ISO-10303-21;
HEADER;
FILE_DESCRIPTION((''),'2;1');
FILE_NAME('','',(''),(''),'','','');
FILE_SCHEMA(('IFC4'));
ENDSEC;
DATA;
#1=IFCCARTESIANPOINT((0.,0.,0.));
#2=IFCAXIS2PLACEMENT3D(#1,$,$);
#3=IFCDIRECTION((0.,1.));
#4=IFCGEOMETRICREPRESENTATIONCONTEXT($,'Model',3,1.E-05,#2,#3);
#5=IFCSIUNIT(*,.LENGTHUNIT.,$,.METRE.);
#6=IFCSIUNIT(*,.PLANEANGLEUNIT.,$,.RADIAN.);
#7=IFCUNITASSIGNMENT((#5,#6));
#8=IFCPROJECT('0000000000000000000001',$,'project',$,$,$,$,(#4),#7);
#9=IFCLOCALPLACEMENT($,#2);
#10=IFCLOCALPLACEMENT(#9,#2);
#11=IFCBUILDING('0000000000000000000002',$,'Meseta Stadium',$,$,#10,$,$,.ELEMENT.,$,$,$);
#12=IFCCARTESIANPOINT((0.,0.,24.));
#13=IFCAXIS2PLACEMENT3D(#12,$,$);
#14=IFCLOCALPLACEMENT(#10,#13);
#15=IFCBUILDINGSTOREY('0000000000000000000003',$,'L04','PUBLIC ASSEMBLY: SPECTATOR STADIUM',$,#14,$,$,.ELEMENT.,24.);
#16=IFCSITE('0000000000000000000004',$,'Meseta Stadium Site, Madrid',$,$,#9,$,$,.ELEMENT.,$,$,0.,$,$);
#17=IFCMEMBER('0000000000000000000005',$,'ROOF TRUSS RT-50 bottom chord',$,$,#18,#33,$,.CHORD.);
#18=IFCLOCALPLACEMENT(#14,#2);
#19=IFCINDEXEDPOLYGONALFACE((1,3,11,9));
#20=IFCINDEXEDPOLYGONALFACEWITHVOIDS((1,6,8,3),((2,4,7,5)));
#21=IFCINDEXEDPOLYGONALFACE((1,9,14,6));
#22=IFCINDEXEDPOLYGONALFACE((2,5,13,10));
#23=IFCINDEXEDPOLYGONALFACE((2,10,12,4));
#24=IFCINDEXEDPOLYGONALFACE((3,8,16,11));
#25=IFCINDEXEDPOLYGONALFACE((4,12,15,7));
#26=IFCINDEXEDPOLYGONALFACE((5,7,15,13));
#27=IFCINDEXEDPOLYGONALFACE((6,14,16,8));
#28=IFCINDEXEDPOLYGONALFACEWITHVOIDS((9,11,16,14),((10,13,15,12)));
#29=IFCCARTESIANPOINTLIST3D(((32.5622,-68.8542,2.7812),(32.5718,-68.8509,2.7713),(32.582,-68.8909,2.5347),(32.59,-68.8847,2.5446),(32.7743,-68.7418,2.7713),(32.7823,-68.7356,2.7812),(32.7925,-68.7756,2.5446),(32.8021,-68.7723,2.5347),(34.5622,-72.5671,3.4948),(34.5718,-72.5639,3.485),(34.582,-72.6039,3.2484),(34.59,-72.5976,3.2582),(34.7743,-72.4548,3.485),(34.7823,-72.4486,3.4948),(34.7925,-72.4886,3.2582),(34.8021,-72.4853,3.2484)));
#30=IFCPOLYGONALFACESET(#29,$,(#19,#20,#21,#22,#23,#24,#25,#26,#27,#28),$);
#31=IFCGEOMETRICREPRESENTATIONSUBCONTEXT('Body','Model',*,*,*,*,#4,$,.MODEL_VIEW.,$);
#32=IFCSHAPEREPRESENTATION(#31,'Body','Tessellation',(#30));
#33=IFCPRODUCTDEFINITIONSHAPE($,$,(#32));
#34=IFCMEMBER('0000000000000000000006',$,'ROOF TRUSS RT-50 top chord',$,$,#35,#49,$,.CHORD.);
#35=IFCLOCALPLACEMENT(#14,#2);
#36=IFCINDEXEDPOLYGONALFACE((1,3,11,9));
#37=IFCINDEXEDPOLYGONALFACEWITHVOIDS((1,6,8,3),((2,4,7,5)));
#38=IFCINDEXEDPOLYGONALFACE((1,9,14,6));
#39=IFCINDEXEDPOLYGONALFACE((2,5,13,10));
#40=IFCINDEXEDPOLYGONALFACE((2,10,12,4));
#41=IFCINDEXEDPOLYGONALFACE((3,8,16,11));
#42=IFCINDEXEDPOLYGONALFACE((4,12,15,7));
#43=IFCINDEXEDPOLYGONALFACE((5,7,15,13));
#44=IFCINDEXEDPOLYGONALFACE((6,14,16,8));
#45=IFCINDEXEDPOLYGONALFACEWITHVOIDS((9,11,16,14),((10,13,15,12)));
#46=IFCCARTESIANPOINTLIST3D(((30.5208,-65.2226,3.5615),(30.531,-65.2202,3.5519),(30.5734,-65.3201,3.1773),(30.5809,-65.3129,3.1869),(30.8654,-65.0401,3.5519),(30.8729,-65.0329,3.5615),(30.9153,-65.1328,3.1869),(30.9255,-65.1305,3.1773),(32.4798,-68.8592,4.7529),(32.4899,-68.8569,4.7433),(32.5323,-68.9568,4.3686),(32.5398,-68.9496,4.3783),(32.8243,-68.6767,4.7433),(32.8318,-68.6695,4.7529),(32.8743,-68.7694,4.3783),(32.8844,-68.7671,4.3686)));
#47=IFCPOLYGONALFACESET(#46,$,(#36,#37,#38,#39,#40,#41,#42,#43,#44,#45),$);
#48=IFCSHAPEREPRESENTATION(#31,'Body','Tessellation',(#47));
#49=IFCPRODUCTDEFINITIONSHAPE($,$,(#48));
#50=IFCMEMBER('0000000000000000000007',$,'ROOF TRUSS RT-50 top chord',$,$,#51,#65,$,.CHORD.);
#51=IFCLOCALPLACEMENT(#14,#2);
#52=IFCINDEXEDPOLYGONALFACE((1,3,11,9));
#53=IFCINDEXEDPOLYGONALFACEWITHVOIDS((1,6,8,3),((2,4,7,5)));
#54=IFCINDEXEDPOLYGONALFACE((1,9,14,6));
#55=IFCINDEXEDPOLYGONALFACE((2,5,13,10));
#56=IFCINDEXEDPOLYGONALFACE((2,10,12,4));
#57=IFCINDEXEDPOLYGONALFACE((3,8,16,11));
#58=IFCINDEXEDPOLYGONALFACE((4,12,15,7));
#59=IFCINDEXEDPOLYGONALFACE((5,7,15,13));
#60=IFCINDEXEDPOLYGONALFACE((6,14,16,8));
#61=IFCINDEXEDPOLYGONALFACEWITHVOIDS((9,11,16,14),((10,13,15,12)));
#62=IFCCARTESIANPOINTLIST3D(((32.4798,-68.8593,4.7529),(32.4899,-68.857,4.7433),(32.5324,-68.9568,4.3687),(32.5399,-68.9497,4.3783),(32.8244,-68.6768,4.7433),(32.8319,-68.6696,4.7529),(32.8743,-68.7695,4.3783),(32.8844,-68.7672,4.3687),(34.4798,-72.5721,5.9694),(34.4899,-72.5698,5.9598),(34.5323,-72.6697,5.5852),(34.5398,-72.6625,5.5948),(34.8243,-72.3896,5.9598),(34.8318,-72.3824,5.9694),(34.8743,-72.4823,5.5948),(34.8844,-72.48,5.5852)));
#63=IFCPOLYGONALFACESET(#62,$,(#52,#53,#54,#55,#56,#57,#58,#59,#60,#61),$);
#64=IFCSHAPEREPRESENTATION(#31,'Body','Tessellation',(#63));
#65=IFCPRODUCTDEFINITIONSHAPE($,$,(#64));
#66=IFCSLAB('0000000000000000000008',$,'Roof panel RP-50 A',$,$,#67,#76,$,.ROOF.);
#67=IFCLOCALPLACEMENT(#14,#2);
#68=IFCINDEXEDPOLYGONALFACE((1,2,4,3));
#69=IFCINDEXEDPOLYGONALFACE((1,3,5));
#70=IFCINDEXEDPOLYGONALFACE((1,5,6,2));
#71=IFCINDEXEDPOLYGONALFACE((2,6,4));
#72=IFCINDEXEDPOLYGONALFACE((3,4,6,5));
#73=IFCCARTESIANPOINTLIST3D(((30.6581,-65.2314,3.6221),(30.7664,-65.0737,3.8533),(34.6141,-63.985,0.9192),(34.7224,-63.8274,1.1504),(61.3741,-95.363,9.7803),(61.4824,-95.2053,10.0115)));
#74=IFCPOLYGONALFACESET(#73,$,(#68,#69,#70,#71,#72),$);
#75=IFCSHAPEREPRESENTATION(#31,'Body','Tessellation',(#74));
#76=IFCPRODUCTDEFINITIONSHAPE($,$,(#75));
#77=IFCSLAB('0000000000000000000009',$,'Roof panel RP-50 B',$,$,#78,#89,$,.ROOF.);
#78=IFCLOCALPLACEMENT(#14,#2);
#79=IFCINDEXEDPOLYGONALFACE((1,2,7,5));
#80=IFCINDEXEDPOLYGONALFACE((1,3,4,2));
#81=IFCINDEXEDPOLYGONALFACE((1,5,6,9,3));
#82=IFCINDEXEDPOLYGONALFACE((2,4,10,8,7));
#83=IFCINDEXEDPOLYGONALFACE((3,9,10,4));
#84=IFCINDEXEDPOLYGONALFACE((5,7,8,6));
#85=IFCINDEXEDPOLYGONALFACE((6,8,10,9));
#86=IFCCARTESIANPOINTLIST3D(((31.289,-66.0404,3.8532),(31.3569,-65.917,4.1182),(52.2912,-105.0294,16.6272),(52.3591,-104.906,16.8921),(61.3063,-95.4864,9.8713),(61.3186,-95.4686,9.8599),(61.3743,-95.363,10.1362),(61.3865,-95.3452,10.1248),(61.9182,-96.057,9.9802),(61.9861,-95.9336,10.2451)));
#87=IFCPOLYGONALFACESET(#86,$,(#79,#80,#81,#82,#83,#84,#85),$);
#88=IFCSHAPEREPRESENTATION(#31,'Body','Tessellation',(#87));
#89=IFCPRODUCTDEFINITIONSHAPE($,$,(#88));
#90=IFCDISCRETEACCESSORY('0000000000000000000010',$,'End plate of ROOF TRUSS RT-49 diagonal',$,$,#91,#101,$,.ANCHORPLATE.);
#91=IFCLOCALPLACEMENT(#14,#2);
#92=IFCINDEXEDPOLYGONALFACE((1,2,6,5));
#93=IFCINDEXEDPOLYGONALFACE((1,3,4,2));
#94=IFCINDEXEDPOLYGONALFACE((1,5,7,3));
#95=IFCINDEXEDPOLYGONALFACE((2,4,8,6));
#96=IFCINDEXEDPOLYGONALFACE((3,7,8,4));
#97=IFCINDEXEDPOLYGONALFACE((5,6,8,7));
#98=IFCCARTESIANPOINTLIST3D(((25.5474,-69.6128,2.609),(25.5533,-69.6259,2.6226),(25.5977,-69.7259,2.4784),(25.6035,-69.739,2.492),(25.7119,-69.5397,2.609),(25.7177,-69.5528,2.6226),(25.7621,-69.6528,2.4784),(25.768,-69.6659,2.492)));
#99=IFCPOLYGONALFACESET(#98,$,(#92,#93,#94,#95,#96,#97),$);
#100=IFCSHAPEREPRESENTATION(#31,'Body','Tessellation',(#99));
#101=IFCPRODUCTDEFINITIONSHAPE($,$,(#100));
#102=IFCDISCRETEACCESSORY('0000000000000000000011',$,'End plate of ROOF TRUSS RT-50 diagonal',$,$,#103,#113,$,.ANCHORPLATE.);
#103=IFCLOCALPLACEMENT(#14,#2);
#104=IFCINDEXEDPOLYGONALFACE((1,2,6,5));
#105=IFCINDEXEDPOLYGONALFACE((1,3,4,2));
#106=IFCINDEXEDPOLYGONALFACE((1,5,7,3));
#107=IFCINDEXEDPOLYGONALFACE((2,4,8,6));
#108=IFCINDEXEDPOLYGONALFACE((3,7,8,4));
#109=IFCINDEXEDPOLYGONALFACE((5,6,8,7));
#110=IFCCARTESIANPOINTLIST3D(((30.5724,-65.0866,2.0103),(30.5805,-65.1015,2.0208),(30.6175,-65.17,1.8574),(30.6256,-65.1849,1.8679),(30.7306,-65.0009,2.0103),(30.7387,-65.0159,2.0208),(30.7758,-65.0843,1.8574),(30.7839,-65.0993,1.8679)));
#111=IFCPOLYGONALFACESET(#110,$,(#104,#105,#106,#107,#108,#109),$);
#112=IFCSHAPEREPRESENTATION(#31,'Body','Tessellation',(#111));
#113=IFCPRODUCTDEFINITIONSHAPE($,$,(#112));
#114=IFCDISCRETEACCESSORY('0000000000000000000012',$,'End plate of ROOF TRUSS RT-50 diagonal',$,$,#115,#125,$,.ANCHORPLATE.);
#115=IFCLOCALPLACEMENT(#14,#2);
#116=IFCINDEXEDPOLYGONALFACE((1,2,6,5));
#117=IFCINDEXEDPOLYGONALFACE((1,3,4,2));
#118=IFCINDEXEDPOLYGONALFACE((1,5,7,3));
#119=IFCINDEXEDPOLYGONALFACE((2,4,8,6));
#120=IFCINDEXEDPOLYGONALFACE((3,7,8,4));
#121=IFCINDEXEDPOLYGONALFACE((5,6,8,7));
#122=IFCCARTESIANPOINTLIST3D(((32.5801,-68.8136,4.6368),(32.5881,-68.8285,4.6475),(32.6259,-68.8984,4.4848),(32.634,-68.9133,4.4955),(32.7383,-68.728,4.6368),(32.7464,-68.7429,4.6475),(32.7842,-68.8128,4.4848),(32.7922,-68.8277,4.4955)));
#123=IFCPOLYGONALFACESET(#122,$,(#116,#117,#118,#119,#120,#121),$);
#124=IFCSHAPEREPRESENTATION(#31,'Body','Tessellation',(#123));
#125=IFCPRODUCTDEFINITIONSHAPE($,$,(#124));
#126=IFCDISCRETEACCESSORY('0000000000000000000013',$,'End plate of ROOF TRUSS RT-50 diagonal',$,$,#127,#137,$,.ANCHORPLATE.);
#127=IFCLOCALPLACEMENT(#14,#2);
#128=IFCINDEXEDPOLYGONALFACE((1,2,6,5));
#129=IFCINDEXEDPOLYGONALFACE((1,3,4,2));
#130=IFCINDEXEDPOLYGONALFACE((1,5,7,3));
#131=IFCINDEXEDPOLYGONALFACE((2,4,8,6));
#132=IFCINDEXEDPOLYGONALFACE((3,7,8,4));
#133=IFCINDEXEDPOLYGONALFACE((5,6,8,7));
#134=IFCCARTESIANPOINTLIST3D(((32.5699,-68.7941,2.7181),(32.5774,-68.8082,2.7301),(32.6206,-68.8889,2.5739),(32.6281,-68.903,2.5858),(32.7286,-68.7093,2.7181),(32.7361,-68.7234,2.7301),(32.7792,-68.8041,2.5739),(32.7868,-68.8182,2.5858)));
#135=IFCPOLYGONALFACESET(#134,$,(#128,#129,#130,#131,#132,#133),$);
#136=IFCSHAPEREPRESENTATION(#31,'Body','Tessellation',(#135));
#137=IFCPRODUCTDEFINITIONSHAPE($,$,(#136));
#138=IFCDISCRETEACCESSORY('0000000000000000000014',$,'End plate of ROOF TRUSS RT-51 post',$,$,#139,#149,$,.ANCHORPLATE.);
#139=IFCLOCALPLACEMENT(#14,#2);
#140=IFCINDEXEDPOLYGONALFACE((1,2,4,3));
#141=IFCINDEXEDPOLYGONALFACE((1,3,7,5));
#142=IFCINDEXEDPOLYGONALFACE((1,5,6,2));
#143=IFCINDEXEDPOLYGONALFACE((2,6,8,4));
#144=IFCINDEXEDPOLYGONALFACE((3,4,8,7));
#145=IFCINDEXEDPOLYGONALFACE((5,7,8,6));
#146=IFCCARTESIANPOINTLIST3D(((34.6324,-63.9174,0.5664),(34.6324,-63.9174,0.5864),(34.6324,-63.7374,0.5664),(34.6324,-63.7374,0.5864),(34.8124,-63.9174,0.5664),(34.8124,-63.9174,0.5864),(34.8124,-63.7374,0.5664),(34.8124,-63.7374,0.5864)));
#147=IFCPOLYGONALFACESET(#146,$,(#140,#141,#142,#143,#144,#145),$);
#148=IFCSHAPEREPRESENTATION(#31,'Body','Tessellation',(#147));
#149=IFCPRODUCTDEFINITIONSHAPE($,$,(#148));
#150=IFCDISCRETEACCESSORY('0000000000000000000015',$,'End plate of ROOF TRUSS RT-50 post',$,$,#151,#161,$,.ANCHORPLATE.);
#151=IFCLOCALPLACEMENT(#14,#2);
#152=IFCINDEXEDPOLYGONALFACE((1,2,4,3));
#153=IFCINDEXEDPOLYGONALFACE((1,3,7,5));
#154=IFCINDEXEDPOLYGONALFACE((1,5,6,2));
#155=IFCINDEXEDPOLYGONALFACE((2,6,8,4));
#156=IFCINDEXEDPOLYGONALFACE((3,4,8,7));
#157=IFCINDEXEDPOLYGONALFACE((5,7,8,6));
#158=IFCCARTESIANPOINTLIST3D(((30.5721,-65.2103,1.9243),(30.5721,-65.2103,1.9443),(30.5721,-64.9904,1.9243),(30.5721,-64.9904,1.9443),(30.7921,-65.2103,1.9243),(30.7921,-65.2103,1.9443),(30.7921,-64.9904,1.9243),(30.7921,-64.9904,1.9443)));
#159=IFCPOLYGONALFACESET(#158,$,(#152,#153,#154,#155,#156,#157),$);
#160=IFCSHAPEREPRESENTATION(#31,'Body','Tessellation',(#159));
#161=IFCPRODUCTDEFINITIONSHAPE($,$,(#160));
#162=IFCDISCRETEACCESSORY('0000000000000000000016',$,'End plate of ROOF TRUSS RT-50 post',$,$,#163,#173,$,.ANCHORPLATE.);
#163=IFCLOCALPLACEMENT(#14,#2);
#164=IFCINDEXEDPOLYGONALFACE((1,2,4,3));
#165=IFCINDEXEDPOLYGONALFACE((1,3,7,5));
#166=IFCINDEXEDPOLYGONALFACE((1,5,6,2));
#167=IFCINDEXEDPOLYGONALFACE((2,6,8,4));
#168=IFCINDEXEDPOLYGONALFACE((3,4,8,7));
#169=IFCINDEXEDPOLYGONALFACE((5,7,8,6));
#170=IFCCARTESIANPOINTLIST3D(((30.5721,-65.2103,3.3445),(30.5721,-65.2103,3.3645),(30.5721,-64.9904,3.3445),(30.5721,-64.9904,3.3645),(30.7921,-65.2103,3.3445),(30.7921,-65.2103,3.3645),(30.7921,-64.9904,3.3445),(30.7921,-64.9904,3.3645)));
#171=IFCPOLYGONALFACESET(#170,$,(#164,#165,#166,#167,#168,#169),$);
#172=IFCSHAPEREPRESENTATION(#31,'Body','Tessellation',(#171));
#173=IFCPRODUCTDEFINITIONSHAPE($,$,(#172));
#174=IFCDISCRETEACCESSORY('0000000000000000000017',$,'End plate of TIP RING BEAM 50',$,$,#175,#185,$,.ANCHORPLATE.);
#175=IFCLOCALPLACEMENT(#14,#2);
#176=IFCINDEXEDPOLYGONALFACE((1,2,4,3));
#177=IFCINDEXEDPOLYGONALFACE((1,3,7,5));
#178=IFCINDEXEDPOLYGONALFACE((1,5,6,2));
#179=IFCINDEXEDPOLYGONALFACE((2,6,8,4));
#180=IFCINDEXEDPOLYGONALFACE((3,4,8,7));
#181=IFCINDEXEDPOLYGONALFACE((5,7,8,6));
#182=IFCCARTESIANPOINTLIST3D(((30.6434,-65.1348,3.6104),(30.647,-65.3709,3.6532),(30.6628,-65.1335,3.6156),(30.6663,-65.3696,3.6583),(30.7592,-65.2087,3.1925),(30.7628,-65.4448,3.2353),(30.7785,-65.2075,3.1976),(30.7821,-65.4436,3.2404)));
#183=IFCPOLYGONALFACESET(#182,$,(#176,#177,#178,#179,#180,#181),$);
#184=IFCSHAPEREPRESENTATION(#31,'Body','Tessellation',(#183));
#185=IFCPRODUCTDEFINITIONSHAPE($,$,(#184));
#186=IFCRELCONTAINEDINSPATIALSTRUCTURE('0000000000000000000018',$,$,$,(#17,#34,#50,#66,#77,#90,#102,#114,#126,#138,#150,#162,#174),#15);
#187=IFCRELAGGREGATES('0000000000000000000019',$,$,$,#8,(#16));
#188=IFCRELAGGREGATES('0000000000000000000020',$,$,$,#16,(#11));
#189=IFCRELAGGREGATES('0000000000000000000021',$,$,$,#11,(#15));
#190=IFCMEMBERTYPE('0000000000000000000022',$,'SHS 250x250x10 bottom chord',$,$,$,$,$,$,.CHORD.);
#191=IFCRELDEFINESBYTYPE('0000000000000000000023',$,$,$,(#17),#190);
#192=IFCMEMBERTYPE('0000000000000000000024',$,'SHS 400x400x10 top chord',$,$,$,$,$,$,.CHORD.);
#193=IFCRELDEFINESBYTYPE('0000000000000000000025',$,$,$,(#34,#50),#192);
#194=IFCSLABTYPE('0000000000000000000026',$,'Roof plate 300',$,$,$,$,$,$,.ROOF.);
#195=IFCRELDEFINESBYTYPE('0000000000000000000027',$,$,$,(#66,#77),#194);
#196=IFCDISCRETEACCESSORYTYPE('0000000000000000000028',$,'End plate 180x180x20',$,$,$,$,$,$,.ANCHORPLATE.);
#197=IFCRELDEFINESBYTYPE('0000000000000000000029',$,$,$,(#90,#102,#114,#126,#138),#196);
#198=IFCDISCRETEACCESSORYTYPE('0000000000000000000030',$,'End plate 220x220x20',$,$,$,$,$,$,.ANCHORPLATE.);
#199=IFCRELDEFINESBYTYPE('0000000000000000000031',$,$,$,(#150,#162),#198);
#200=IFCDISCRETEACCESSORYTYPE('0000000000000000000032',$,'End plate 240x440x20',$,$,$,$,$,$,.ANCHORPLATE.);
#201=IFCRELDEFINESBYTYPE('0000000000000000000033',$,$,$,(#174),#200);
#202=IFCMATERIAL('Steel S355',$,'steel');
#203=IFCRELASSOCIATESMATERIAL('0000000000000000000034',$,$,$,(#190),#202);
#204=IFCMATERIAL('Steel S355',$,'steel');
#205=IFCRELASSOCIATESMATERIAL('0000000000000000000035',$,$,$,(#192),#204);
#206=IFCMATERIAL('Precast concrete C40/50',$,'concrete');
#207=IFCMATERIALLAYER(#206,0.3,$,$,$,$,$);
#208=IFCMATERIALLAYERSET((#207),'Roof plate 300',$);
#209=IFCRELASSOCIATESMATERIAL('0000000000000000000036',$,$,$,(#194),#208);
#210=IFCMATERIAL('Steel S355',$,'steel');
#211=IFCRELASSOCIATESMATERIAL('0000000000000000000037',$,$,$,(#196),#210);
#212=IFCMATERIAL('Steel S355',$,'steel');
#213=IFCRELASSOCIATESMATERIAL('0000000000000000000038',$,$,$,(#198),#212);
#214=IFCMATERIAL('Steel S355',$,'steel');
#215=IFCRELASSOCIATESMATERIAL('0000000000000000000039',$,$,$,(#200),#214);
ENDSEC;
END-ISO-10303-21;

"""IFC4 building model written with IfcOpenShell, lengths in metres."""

from ifc_helpers import new_model, si_unit, direction, frame, origin, origin_2d, place, context, subcontext, project, spatial, polyline, rectangle, hollow_rectangle, outline, extrude, material, layer, layer_set, material_profile, profile_set, type_object, element, save


model = new_model("IFC4")

# Units and contexts
model_context = context("Model", 3, precision=1e-05, world=origin(), true_north=direction((0.0, 1.0)))
body_context = subcontext(model_context, "Body", "Model", "MODEL_VIEW")
ifc_project = project(units=[si_unit("LENGTHUNIT", "METRE"), si_unit("PLANEANGLEUNIT", "RADIAN")], contexts=[model_context])

# Site, building, storey
site_placement = place(None, origin())
site = spatial("IfcSite", under=ifc_project, at=site_placement, Name="Meseta Stadium Site, Madrid", CompositionType="ELEMENT", RefElevation=0.0)
building_placement = place(site_placement, origin())
building = spatial("IfcBuilding", under=site, at=building_placement, Name="Meseta Stadium", CompositionType="ELEMENT")
storey_placement = place(building_placement, frame((0.0, 0.0, 24.0)))
storey = spatial("IfcBuildingStorey", under=building, at=storey_placement, Name="L04", Description="PUBLIC ASSEMBLY: SPECTATOR STADIUM", CompositionType="ELEMENT", Elevation=24.0)

# Members
ifc_material_1 = material(Name="Steel S355", Category="steel")
ifc_material_profile_1 = material_profile(ifc_material_1, hollow_rectangle(XDim=0.25, YDim=0.25, WallThickness=0.01, at=origin_2d()), Name="SHS 250x250x10")
ifc_profile_set_1 = profile_set([ifc_material_profile_1], Name="Steel S355")
member_type_1 = type_object("IfcMemberType", Name="SHS 250x250x10 bottom chord", PredefinedType="CHORD", material=ifc_profile_set_1)
member_1_placement = place(storey_placement, frame((32.6821, -68.8132, 2.658), z_axis=(0.467591, -0.868057, 0.166842), x_axis=(0.880397, 0.474238, 0.0)))
element("IfcMember", 1, at=member_1_placement, inside=storey, type_object=member_type_1, Name="ROOF TRUSS RT-50 bottom chord", PredefinedType="CHORD", context=body_context, shape_type="SweptSolid", body=[
    extrude(hollow_rectangle(XDim=0.25, YDim=0.25, WallThickness=0.01, at=origin_2d()), origin(), (0.0, 0.0, 1.0), 4.2773),
])
ifc_material_2 = material(Name="Steel S355", Category="steel")
ifc_material_profile_2 = material_profile(ifc_material_2, hollow_rectangle(XDim=0.3999, YDim=0.3999, WallThickness=0.01, at=origin_2d()), Name="SHS 400x400x10")
ifc_profile_set_2 = profile_set([ifc_material_profile_2], Name="Steel S355")
member_type_2 = type_object("IfcMemberType", Name="SHS 400x400x10 top chord", PredefinedType="CHORD", material=ifc_profile_set_2)
member_2_placement = place(storey_placement, frame((30.7231, -65.1765, 3.3694), z_axis=(0.455667, -0.845913, 0.277125), x_axis=(0.880395, 0.474241, 0.0)))
element("IfcMember", 2, at=member_2_placement, inside=storey, type_object=member_type_2, Name="ROOF TRUSS RT-50 top chord", PredefinedType="CHORD", context=body_context, shape_type="SweptSolid", body=[
    extrude(hollow_rectangle(XDim=0.3999, YDim=0.3999, WallThickness=0.01, at=origin_2d()), origin(), (0.0, 0.0, 1.0), 4.2991),
])
member_3_placement = place(storey_placement, frame((32.6821, -68.8132, 4.5608), z_axis=(0.455658, -0.845905, 0.277166), x_axis=(0.880397, 0.474238, 0.0)))
element("IfcMember", 3, at=member_3_placement, inside=storey, type_object=member_type_2, Name="ROOF TRUSS RT-50 top chord", PredefinedType="CHORD", context=body_context, shape_type="SweptSolid", body=[
    extrude(hollow_rectangle(XDim=0.3999, YDim=0.3999, WallThickness=0.01, at=origin_2d()), origin(), (0.0, 0.0, 1.0), 4.3892),
])

# Slabs
ifc_material_3 = material(Name="Precast concrete C40/50", Category="concrete")
ifc_layer = layer(ifc_material_3, 0.3)
ifc_layer_set = layer_set([ifc_layer], Name="Roof plate 300")
slab_type = type_object("IfcSlabType", Name="Roof plate 300", PredefinedType="ROOF", material=ifc_layer_set)
slab_1_placement = place(storey_placement, frame((34.7224, -63.8274, 1.1504), z_axis=(0.360916, 0.525394, 0.77052), x_axis=(0.634417, -0.743897, 0.210076)))
element("IfcSlab", 4, at=slab_1_placement, inside=storey, type_object=slab_type, Name="Roof panel RP-50 A", PredefinedType="ROOF", context=body_context, shape_type="SweptSolid", body=[
    extrude(outline(polyline([(0.0, 0.0), (42.1805, 0.0), (-1.0148, -4.8456), (0.0, 0.0)])), origin(), (0.0, 0.0, -1.0), 0.3),
])
slab_2_placement = place(storey_placement, frame((31.3569, -65.917, 4.1182), z_axis=(0.226381, 0.411232, 0.882972), x_axis=(0.455665, -0.845908, 0.277144)))
element("IfcSlab", 5, at=slab_2_placement, inside=storey, type_object=slab_type, Name="Roof panel RP-50 B", PredefinedType="ROOF", context=body_context, shape_type="SweptSolid", body=[
    extrude(outline(polyline([(0.0, 0.0), (46.0913, 0.0), (41.046, 13.8531), (40.2417, 13.5824), (40.2544, 13.5614), (0.0, 0.0)])), origin(), (0.0, 0.0, -1.0), 0.3),
])

# Discrete accessories
ifc_material_4 = material(Name="Steel S355", Category="steel")
ifc_material_profile_3 = material_profile(ifc_material_4, rectangle(XDim=0.1799, YDim=0.1799, at=origin_2d()), Name="PL 180x180")
ifc_profile_set_3 = profile_set([ifc_material_profile_3], Name="Steel S355")
discrete_accessory_type_1 = type_object("IfcDiscreteAccessoryType", Name="End plate 180x180x20", PredefinedType="ANCHORPLATE", material=ifc_profile_set_3)
discrete_accessory_placement = place(storey_placement, frame((25.6548, -69.6328, 2.5437), z_axis=(0.294795, -0.663289, 0.687855), x_axis=(0.913812, 0.406138, 0.0)))
element("IfcDiscreteAccessory", 6, at=discrete_accessory_placement, inside=storey, type_object=discrete_accessory_type_1, Name="End plate of ROOF TRUSS RT-49 diagonal", PredefinedType="ANCHORPLATE", context=body_context, shape_type="SweptSolid", body=[
    extrude(rectangle(XDim=0.1799, YDim=0.1799, at=origin_2d()), origin(), (0.0, 0.0, 1.0), 0.0198),
])
for number, where, z_axis, x_axis, name in (
    (7, (30.6741, -65.0854, 1.9338), (0.404398, -0.747524, 0.526943), (0.879543, 0.475819, 0.0), "End plate of ROOF TRUSS RT-50 diagonal"),
    (8, (32.6821, -68.8132, 4.5608), (0.401782, -0.742688, 0.53571), (0.879543, 0.475819, 0.0), "End plate of ROOF TRUSS RT-50 diagonal"),
    (9, (32.6746, -68.7991, 2.646), (0.377993, -0.707212, 0.597472), (0.881932, 0.471377, 0.0), "End plate of ROOF TRUSS RT-50 diagonal"),
    (10, (34.7224, -63.8274, 0.5664), (0.0, 0.0, 1.0), (1.0, 0.0, 0.0), "End plate of ROOF TRUSS RT-51 post"),
):
    element("IfcDiscreteAccessory", number, at=place(storey_placement, frame(where, z_axis=z_axis, x_axis=x_axis)), inside=storey, type_object=discrete_accessory_type_1, Name=name, PredefinedType="ANCHORPLATE", context=body_context, shape_type="SweptSolid", body=[
        extrude(rectangle(XDim=0.1799, YDim=0.1799, at=origin_2d()), origin(), (0.0, 0.0, 1.0), 0.02),
    ])
ifc_material_5 = material(Name="Steel S355", Category="steel")
ifc_material_profile_4 = material_profile(ifc_material_5, rectangle(XDim=0.22, YDim=0.22, at=origin_2d()), Name="PL 220x220")
ifc_profile_set_4 = profile_set([ifc_material_profile_4], Name="Steel S355")
discrete_accessory_type_2 = type_object("IfcDiscreteAccessoryType", Name="End plate 220x220x20", PredefinedType="ANCHORPLATE", material=ifc_profile_set_4)
for number, where, z_axis, x_axis, name in (
    (11, (30.6821, -65.1003, 1.9243), (0.0, 0.0, 1.0), (1.0, 0.0, 0.0), "End plate of ROOF TRUSS RT-50 post"),
    (12, (30.6821, -65.1003, 3.3445), (0.0, 0.0, 1.0), (1.0, 0.0, 0.0), "End plate of ROOF TRUSS RT-50 post"),
):
    element("IfcDiscreteAccessory", number, at=place(storey_placement, frame(where, z_axis=z_axis, x_axis=x_axis)), inside=storey, type_object=discrete_accessory_type_2, Name=name, PredefinedType="ANCHORPLATE", context=body_context, shape_type="SweptSolid", body=[
        extrude(rectangle(XDim=0.22, YDim=0.22, at=origin_2d()), origin(), (0.0, 0.0, 1.0), 0.02),
    ])
ifc_material_6 = material(Name="Steel S355", Category="steel")
ifc_material_profile_5 = material_profile(ifc_material_6, rectangle(XDim=0.24, YDim=0.4399, at=origin_2d()), Name="PL 240x440")
ifc_profile_set_5 = profile_set([ifc_material_profile_5], Name="Steel S355")
discrete_accessory_type_3 = type_object("IfcDiscreteAccessoryType", Name="End plate 240x440x20", PredefinedType="ANCHORPLATE", material=ifc_profile_set_5)
for number, where, z_axis, x_axis, name in (
    (13, (30.7031, -65.2898, 3.4229), (0.964635, 0.061053, 0.256422), (-0.014887, 0.983873, -0.17825), "End plate of TIP RING BEAM 50"),
):
    element("IfcDiscreteAccessory", number, at=place(storey_placement, frame(where, z_axis=z_axis, x_axis=x_axis)), inside=storey, type_object=discrete_accessory_type_3, Name=name, PredefinedType="ANCHORPLATE", context=body_context, shape_type="SweptSolid", body=[
        extrude(rectangle(XDim=0.24, YDim=0.4399, at=origin_2d()), origin(), (0.0, 0.0, 1.0), 0.02),
    ])

save(model, "model.ifc")
